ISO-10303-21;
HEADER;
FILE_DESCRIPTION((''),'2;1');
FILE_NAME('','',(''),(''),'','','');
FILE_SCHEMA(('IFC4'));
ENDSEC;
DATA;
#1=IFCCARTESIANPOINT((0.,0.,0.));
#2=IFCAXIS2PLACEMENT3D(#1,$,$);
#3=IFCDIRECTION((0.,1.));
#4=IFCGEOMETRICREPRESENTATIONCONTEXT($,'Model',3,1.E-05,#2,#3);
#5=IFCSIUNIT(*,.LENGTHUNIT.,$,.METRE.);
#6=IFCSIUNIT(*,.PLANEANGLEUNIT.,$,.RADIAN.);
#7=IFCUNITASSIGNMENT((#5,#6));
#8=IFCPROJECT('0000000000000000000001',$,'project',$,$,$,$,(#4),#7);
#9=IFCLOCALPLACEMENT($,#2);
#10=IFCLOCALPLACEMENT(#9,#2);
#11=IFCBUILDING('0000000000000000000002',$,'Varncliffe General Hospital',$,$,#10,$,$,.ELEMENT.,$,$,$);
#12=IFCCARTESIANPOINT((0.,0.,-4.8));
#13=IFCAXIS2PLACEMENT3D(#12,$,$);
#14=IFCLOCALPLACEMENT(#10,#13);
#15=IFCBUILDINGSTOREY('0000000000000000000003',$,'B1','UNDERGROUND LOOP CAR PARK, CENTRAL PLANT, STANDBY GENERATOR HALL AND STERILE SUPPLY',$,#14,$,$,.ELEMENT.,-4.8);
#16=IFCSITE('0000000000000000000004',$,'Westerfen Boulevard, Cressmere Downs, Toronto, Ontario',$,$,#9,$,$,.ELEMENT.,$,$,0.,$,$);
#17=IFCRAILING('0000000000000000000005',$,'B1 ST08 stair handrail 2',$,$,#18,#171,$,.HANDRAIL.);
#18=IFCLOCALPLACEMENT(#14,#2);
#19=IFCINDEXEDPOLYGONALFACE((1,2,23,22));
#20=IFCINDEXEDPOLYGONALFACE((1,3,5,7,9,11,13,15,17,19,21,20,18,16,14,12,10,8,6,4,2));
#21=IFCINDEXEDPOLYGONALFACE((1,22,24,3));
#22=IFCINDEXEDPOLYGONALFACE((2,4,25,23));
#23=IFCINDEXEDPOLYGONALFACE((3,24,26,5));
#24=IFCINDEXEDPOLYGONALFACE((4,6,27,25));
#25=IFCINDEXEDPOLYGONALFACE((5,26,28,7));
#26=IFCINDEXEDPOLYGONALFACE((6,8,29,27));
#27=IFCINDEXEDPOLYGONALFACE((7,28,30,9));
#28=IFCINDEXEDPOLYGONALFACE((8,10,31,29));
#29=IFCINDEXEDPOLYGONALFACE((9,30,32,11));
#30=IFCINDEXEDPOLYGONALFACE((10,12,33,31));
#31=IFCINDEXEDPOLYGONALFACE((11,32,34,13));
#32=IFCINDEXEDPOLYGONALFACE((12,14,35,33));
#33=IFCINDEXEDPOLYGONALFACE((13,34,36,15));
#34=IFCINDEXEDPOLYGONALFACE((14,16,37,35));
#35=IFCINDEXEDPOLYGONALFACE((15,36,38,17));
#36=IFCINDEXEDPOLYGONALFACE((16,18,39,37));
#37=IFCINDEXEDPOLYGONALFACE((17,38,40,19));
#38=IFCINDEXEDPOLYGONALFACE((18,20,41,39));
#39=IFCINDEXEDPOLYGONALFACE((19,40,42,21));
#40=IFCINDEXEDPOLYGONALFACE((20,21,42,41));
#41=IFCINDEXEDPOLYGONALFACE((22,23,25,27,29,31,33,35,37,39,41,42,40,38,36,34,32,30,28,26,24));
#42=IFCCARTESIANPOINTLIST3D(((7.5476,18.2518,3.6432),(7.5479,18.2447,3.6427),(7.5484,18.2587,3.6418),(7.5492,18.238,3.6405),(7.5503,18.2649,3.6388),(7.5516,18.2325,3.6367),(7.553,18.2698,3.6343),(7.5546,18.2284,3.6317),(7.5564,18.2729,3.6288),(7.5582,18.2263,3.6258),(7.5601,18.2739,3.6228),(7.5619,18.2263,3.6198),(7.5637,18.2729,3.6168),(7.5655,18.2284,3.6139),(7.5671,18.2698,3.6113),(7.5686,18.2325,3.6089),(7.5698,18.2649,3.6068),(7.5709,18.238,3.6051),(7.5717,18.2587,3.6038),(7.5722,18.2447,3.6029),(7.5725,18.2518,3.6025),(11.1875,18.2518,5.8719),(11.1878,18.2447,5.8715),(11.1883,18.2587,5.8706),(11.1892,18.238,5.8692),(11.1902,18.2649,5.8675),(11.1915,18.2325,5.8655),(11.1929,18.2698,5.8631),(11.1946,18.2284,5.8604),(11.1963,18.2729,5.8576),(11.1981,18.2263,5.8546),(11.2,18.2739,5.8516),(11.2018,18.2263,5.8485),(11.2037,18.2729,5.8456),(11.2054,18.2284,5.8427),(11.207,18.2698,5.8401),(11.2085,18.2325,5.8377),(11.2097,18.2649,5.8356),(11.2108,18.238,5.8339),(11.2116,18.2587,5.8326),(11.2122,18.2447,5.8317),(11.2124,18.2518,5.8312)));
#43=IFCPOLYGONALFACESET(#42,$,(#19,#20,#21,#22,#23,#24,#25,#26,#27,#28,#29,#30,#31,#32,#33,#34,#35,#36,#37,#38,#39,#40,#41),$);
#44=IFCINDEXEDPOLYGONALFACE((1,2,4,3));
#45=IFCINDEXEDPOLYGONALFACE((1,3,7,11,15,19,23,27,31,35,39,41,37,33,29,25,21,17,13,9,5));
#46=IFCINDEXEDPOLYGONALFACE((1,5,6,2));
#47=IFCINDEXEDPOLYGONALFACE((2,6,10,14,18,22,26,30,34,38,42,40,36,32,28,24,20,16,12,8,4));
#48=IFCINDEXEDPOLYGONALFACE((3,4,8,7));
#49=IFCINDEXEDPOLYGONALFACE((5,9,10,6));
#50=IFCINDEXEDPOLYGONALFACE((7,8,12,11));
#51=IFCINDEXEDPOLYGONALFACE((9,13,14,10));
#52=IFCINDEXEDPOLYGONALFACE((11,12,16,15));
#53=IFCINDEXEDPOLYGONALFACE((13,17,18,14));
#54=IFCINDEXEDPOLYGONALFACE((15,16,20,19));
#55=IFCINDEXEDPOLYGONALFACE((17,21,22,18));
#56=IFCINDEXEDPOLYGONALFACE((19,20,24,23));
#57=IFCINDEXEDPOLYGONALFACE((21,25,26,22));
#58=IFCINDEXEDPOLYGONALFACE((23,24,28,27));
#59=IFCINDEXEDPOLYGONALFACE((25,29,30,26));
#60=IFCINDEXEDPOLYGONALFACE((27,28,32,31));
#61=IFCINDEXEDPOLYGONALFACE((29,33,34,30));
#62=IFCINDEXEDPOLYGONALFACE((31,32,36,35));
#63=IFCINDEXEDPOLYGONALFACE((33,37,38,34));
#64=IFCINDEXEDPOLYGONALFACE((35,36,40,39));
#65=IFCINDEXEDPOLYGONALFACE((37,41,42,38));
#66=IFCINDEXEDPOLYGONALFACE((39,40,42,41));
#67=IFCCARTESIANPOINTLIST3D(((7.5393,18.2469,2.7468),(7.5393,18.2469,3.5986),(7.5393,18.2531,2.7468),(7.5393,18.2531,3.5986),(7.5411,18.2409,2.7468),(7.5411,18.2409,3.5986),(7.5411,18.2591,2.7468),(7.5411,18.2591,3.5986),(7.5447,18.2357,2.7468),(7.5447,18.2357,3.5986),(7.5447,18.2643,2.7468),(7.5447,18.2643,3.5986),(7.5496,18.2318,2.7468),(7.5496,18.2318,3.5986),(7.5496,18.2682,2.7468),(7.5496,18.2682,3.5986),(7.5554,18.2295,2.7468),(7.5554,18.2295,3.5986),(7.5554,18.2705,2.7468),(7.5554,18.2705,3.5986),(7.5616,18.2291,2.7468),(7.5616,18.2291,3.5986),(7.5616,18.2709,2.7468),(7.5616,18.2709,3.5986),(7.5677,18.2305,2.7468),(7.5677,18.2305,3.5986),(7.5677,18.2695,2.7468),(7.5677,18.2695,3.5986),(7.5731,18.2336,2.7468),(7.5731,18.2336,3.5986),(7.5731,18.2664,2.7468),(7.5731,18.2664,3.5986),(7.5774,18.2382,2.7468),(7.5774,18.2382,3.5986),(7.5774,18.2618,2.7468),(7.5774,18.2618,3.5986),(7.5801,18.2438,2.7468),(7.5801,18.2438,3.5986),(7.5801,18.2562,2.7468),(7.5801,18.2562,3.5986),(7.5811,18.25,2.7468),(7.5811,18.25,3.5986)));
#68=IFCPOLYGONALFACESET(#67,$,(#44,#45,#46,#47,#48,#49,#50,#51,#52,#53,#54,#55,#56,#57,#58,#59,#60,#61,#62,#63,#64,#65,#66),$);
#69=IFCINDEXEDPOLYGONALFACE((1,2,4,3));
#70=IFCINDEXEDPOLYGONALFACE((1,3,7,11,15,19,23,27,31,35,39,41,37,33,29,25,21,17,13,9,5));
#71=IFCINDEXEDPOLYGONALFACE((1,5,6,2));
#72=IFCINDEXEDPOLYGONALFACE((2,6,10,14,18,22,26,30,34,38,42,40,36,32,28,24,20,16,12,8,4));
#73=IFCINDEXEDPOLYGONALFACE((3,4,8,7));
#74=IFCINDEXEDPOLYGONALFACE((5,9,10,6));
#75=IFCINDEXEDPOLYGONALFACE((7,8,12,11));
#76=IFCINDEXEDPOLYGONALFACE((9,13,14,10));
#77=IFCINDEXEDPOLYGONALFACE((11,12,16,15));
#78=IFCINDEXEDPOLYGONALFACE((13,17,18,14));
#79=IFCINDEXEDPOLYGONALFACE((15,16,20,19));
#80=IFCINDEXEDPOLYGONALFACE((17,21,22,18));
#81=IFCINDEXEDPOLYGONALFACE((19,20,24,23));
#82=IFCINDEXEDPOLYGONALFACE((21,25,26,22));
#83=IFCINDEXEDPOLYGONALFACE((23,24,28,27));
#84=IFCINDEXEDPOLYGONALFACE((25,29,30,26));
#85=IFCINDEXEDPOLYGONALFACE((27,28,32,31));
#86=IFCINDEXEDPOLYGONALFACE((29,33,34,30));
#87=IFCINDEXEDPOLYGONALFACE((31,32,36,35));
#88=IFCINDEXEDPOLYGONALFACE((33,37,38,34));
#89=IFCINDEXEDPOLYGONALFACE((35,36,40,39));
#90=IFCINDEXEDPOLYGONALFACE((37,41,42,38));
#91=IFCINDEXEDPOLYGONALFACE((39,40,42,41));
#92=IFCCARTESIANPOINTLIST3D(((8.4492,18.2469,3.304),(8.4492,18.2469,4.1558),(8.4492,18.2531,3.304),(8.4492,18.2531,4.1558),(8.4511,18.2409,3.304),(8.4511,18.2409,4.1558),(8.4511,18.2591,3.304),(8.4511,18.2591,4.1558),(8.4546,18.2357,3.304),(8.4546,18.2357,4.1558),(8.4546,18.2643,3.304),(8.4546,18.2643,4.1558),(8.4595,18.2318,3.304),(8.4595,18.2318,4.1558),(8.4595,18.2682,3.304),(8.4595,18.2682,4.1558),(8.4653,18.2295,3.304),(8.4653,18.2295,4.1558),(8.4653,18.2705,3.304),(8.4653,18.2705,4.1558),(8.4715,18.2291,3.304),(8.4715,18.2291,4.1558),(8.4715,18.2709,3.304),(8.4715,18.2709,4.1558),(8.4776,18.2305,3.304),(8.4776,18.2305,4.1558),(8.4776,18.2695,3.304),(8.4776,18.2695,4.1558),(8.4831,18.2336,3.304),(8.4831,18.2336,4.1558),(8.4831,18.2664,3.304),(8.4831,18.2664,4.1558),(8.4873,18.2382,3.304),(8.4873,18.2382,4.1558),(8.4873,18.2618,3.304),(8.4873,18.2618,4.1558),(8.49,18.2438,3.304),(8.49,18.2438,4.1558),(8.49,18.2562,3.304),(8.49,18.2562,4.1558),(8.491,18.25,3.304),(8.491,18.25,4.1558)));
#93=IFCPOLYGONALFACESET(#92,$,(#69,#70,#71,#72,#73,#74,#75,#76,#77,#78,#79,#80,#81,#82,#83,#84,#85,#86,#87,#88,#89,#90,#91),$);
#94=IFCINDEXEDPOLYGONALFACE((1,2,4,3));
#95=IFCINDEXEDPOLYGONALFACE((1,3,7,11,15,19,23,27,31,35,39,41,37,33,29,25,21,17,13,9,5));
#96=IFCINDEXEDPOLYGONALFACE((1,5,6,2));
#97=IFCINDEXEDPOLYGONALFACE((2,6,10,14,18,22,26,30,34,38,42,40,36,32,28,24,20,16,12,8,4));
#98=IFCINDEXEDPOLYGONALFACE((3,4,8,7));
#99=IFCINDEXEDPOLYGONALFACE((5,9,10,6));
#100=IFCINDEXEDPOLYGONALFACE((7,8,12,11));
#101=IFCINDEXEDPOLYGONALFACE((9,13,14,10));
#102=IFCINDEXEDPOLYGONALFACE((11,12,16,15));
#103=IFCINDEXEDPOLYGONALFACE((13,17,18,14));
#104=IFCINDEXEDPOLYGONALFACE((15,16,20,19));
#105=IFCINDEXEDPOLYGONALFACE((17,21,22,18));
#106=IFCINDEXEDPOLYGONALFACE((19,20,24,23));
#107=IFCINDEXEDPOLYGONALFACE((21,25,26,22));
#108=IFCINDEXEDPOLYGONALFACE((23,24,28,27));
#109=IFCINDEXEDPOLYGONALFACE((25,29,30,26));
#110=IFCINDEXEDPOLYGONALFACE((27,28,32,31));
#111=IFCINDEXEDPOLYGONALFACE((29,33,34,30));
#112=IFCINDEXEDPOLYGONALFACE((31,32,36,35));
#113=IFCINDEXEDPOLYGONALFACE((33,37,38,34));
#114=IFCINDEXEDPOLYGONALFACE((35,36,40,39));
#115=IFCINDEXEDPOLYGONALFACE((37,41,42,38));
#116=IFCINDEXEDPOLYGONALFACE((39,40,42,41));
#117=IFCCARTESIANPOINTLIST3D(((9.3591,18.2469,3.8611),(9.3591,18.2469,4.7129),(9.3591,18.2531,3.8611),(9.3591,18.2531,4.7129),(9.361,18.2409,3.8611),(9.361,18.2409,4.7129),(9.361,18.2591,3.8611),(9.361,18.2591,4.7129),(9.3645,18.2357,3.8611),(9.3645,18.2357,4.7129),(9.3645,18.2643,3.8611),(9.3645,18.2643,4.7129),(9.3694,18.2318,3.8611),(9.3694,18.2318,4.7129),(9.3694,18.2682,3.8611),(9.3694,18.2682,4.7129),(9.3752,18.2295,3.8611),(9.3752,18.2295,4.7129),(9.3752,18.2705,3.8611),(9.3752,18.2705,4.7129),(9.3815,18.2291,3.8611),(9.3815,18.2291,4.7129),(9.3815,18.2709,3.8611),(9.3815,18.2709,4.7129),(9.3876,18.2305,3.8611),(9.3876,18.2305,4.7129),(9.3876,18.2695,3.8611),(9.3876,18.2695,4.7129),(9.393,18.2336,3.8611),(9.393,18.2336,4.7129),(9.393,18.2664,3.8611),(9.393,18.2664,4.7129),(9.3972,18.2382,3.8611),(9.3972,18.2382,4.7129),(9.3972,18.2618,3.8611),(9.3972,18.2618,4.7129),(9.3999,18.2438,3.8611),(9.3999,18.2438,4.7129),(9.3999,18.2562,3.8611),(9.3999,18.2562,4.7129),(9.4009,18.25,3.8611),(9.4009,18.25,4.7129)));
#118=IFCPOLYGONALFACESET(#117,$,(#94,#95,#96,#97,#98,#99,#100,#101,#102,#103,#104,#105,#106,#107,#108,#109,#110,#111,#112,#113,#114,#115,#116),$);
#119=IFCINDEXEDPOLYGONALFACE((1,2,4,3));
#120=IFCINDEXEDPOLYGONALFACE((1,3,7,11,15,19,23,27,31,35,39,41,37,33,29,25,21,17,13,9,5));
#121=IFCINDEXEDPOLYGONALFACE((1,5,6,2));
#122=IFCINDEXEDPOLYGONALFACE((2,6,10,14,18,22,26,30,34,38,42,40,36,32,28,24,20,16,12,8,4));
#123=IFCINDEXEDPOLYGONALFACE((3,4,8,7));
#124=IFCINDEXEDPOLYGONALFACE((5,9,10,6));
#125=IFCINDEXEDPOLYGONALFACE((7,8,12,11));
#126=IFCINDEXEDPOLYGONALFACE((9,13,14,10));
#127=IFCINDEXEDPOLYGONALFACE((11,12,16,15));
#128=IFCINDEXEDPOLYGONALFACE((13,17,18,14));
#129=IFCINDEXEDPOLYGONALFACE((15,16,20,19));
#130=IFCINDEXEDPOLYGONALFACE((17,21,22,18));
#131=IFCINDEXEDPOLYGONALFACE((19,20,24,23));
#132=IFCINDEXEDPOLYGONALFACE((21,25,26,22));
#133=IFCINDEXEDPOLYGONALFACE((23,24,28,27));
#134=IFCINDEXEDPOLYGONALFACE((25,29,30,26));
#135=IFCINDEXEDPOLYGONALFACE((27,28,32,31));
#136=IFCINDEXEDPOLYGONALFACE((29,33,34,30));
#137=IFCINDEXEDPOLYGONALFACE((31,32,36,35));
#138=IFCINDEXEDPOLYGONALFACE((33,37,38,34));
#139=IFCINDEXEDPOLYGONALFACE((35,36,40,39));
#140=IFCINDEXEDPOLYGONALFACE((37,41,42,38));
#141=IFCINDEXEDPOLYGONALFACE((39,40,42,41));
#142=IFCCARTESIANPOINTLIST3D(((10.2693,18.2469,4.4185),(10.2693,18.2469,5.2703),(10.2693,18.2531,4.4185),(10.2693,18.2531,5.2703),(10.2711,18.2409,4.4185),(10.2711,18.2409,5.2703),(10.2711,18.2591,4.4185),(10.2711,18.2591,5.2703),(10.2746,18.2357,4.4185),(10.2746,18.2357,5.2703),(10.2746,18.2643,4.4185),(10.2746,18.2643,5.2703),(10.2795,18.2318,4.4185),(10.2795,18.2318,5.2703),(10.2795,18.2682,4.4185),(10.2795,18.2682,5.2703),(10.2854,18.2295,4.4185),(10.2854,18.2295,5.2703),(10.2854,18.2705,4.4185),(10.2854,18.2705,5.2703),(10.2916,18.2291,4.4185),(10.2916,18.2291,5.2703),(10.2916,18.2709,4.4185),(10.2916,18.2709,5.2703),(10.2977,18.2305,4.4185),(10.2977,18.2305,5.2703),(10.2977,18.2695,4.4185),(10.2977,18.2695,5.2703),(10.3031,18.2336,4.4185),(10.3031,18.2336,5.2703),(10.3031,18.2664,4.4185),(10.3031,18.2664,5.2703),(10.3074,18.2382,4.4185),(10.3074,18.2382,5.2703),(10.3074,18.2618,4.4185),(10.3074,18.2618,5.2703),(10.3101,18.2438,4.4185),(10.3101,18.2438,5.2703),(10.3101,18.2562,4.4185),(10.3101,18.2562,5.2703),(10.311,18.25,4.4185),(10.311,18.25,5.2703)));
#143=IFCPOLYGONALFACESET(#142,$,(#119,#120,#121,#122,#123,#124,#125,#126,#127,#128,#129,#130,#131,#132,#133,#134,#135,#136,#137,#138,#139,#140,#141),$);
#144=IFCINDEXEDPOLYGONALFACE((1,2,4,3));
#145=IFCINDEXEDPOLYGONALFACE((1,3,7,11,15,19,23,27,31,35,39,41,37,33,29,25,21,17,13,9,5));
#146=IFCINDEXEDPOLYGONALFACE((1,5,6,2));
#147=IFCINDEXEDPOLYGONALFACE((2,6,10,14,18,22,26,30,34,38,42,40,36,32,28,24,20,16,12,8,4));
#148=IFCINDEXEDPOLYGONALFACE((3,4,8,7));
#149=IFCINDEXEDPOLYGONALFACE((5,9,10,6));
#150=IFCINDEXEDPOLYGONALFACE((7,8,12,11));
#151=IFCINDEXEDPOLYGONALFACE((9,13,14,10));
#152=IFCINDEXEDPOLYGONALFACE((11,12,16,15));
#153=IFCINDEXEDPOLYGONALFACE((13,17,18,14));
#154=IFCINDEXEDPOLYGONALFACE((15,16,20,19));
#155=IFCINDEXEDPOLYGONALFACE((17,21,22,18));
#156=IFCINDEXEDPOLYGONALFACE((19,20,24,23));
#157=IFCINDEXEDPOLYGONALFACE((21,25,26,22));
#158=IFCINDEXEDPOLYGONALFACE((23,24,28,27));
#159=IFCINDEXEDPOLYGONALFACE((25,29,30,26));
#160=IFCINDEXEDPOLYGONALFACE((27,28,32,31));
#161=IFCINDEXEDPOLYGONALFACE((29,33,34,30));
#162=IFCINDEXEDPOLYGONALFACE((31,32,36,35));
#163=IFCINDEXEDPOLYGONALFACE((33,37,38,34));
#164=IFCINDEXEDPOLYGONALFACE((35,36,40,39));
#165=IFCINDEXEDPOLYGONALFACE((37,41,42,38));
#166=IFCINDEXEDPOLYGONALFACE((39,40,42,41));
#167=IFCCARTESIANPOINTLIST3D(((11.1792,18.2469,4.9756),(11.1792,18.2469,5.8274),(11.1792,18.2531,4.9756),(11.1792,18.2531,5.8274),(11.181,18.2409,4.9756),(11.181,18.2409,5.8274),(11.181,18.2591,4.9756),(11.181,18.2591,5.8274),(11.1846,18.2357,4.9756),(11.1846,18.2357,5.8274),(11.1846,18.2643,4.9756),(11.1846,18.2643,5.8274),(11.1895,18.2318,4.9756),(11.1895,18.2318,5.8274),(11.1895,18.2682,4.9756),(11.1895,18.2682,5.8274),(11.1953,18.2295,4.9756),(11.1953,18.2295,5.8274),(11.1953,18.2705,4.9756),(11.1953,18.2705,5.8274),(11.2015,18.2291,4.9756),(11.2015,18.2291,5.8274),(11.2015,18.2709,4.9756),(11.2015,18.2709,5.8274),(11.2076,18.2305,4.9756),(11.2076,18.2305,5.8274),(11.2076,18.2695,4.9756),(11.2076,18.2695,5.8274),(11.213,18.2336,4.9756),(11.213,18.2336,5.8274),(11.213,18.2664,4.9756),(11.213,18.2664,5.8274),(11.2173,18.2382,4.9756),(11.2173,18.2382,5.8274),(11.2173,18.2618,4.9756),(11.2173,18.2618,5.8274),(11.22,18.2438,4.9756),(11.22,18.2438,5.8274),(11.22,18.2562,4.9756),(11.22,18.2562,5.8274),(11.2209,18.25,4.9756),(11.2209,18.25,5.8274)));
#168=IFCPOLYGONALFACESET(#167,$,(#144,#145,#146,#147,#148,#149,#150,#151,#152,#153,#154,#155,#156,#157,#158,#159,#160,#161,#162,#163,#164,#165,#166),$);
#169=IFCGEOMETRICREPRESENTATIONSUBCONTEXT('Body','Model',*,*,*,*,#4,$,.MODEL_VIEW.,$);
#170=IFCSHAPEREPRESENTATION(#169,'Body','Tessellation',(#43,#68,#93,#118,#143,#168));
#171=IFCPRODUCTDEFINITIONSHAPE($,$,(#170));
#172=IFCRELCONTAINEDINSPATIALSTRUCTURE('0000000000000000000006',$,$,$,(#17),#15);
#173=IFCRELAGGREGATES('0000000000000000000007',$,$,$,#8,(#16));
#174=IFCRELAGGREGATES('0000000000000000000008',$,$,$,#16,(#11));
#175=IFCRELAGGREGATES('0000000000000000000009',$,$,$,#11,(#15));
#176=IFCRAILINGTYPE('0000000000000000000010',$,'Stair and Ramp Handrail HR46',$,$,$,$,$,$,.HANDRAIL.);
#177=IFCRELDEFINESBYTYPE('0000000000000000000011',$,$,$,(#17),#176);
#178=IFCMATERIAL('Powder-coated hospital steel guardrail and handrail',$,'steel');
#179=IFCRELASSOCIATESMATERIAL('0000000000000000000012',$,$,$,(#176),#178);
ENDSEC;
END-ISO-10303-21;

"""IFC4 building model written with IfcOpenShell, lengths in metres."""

from ifc_helpers import new_model, si_unit, direction, frame, origin, origin_2d, place, context, subcontext, project, spatial, circle, extrude, material, type_object, element, save


model = new_model("IFC4")

# Units and contexts
model_context = context("Model", 3, precision=1e-05, world=origin(), true_north=direction((0.0, 1.0)))
body_context = subcontext(model_context, "Body", "Model", "MODEL_VIEW")
ifc_project = project(units=[si_unit("LENGTHUNIT", "METRE"), si_unit("PLANEANGLEUNIT", "RADIAN")], contexts=[model_context])

# Site, building, storey
site_placement = place(None, origin())
site = spatial("IfcSite", under=ifc_project, at=site_placement, Name="Westerfen Boulevard, Cressmere Downs, Toronto, Ontario", CompositionType="ELEMENT", RefElevation=0.0)
building_placement = place(site_placement, origin())
building = spatial("IfcBuilding", under=site, at=building_placement, Name="Varncliffe General Hospital", CompositionType="ELEMENT")
storey_placement = place(building_placement, frame((0.0, 0.0, -4.8)))
storey = spatial("IfcBuildingStorey", under=building, at=storey_placement, Name="B1", Description="UNDERGROUND LOOP CAR PARK, CENTRAL PLANT, STANDBY GENERATOR HALL AND STERILE SUPPLY", CompositionType="ELEMENT", Elevation=-4.8)

# Railing
ifc_material_1 = material(Name="Powder-coated hospital steel guardrail and handrail", Category="steel")
railing_type_1 = type_object("IfcRailingType", Name="Stair and Ramp Handrail HR46", PredefinedType="HANDRAIL", material=ifc_material_1)
railing_1_placement = place(storey_placement, frame((7.5601, 18.25, 2.7468)))
element("IfcRailing", 1, at=railing_1_placement, inside=storey, type_object=railing_type_1, Name="B1 ST08 stair handrail 2", PredefinedType="HANDRAIL", context=body_context, shape_type="SweptSolid", body=[
    extrude(circle(Radius=0.0239, at=origin_2d()), frame((0.0, 0.0, 0.876), z_axis=(0.852825, 0.0, 0.522197), x_axis=(0.0, 1.0, 0.0)), (0.0, 0.0, 1.0), 4.2681),
    extrude(circle(Radius=0.021, at=origin_2d()), origin(), (0.0, 0.0, 1.0), 0.8518),
    extrude(circle(Radius=0.021, at=origin_2d()), frame((0.9099, 0.0, 0.5571)), (0.0, 0.0, 1.0), 0.8518),
    extrude(circle(Radius=0.021, at=origin_2d()), frame((1.8198, 0.0, 1.1143)), (0.0, 0.0, 1.0), 0.8518),
    extrude(circle(Radius=0.021, at=origin_2d()), frame((2.73, 0.0, 1.6716)), (0.0, 0.0, 1.0), 0.8518),
    extrude(circle(Radius=0.021, at=origin_2d()), frame((3.6399, 0.0, 2.2288)), (0.0, 0.0, 1.0), 0.8518),
])

save(model, "model.ifc")
